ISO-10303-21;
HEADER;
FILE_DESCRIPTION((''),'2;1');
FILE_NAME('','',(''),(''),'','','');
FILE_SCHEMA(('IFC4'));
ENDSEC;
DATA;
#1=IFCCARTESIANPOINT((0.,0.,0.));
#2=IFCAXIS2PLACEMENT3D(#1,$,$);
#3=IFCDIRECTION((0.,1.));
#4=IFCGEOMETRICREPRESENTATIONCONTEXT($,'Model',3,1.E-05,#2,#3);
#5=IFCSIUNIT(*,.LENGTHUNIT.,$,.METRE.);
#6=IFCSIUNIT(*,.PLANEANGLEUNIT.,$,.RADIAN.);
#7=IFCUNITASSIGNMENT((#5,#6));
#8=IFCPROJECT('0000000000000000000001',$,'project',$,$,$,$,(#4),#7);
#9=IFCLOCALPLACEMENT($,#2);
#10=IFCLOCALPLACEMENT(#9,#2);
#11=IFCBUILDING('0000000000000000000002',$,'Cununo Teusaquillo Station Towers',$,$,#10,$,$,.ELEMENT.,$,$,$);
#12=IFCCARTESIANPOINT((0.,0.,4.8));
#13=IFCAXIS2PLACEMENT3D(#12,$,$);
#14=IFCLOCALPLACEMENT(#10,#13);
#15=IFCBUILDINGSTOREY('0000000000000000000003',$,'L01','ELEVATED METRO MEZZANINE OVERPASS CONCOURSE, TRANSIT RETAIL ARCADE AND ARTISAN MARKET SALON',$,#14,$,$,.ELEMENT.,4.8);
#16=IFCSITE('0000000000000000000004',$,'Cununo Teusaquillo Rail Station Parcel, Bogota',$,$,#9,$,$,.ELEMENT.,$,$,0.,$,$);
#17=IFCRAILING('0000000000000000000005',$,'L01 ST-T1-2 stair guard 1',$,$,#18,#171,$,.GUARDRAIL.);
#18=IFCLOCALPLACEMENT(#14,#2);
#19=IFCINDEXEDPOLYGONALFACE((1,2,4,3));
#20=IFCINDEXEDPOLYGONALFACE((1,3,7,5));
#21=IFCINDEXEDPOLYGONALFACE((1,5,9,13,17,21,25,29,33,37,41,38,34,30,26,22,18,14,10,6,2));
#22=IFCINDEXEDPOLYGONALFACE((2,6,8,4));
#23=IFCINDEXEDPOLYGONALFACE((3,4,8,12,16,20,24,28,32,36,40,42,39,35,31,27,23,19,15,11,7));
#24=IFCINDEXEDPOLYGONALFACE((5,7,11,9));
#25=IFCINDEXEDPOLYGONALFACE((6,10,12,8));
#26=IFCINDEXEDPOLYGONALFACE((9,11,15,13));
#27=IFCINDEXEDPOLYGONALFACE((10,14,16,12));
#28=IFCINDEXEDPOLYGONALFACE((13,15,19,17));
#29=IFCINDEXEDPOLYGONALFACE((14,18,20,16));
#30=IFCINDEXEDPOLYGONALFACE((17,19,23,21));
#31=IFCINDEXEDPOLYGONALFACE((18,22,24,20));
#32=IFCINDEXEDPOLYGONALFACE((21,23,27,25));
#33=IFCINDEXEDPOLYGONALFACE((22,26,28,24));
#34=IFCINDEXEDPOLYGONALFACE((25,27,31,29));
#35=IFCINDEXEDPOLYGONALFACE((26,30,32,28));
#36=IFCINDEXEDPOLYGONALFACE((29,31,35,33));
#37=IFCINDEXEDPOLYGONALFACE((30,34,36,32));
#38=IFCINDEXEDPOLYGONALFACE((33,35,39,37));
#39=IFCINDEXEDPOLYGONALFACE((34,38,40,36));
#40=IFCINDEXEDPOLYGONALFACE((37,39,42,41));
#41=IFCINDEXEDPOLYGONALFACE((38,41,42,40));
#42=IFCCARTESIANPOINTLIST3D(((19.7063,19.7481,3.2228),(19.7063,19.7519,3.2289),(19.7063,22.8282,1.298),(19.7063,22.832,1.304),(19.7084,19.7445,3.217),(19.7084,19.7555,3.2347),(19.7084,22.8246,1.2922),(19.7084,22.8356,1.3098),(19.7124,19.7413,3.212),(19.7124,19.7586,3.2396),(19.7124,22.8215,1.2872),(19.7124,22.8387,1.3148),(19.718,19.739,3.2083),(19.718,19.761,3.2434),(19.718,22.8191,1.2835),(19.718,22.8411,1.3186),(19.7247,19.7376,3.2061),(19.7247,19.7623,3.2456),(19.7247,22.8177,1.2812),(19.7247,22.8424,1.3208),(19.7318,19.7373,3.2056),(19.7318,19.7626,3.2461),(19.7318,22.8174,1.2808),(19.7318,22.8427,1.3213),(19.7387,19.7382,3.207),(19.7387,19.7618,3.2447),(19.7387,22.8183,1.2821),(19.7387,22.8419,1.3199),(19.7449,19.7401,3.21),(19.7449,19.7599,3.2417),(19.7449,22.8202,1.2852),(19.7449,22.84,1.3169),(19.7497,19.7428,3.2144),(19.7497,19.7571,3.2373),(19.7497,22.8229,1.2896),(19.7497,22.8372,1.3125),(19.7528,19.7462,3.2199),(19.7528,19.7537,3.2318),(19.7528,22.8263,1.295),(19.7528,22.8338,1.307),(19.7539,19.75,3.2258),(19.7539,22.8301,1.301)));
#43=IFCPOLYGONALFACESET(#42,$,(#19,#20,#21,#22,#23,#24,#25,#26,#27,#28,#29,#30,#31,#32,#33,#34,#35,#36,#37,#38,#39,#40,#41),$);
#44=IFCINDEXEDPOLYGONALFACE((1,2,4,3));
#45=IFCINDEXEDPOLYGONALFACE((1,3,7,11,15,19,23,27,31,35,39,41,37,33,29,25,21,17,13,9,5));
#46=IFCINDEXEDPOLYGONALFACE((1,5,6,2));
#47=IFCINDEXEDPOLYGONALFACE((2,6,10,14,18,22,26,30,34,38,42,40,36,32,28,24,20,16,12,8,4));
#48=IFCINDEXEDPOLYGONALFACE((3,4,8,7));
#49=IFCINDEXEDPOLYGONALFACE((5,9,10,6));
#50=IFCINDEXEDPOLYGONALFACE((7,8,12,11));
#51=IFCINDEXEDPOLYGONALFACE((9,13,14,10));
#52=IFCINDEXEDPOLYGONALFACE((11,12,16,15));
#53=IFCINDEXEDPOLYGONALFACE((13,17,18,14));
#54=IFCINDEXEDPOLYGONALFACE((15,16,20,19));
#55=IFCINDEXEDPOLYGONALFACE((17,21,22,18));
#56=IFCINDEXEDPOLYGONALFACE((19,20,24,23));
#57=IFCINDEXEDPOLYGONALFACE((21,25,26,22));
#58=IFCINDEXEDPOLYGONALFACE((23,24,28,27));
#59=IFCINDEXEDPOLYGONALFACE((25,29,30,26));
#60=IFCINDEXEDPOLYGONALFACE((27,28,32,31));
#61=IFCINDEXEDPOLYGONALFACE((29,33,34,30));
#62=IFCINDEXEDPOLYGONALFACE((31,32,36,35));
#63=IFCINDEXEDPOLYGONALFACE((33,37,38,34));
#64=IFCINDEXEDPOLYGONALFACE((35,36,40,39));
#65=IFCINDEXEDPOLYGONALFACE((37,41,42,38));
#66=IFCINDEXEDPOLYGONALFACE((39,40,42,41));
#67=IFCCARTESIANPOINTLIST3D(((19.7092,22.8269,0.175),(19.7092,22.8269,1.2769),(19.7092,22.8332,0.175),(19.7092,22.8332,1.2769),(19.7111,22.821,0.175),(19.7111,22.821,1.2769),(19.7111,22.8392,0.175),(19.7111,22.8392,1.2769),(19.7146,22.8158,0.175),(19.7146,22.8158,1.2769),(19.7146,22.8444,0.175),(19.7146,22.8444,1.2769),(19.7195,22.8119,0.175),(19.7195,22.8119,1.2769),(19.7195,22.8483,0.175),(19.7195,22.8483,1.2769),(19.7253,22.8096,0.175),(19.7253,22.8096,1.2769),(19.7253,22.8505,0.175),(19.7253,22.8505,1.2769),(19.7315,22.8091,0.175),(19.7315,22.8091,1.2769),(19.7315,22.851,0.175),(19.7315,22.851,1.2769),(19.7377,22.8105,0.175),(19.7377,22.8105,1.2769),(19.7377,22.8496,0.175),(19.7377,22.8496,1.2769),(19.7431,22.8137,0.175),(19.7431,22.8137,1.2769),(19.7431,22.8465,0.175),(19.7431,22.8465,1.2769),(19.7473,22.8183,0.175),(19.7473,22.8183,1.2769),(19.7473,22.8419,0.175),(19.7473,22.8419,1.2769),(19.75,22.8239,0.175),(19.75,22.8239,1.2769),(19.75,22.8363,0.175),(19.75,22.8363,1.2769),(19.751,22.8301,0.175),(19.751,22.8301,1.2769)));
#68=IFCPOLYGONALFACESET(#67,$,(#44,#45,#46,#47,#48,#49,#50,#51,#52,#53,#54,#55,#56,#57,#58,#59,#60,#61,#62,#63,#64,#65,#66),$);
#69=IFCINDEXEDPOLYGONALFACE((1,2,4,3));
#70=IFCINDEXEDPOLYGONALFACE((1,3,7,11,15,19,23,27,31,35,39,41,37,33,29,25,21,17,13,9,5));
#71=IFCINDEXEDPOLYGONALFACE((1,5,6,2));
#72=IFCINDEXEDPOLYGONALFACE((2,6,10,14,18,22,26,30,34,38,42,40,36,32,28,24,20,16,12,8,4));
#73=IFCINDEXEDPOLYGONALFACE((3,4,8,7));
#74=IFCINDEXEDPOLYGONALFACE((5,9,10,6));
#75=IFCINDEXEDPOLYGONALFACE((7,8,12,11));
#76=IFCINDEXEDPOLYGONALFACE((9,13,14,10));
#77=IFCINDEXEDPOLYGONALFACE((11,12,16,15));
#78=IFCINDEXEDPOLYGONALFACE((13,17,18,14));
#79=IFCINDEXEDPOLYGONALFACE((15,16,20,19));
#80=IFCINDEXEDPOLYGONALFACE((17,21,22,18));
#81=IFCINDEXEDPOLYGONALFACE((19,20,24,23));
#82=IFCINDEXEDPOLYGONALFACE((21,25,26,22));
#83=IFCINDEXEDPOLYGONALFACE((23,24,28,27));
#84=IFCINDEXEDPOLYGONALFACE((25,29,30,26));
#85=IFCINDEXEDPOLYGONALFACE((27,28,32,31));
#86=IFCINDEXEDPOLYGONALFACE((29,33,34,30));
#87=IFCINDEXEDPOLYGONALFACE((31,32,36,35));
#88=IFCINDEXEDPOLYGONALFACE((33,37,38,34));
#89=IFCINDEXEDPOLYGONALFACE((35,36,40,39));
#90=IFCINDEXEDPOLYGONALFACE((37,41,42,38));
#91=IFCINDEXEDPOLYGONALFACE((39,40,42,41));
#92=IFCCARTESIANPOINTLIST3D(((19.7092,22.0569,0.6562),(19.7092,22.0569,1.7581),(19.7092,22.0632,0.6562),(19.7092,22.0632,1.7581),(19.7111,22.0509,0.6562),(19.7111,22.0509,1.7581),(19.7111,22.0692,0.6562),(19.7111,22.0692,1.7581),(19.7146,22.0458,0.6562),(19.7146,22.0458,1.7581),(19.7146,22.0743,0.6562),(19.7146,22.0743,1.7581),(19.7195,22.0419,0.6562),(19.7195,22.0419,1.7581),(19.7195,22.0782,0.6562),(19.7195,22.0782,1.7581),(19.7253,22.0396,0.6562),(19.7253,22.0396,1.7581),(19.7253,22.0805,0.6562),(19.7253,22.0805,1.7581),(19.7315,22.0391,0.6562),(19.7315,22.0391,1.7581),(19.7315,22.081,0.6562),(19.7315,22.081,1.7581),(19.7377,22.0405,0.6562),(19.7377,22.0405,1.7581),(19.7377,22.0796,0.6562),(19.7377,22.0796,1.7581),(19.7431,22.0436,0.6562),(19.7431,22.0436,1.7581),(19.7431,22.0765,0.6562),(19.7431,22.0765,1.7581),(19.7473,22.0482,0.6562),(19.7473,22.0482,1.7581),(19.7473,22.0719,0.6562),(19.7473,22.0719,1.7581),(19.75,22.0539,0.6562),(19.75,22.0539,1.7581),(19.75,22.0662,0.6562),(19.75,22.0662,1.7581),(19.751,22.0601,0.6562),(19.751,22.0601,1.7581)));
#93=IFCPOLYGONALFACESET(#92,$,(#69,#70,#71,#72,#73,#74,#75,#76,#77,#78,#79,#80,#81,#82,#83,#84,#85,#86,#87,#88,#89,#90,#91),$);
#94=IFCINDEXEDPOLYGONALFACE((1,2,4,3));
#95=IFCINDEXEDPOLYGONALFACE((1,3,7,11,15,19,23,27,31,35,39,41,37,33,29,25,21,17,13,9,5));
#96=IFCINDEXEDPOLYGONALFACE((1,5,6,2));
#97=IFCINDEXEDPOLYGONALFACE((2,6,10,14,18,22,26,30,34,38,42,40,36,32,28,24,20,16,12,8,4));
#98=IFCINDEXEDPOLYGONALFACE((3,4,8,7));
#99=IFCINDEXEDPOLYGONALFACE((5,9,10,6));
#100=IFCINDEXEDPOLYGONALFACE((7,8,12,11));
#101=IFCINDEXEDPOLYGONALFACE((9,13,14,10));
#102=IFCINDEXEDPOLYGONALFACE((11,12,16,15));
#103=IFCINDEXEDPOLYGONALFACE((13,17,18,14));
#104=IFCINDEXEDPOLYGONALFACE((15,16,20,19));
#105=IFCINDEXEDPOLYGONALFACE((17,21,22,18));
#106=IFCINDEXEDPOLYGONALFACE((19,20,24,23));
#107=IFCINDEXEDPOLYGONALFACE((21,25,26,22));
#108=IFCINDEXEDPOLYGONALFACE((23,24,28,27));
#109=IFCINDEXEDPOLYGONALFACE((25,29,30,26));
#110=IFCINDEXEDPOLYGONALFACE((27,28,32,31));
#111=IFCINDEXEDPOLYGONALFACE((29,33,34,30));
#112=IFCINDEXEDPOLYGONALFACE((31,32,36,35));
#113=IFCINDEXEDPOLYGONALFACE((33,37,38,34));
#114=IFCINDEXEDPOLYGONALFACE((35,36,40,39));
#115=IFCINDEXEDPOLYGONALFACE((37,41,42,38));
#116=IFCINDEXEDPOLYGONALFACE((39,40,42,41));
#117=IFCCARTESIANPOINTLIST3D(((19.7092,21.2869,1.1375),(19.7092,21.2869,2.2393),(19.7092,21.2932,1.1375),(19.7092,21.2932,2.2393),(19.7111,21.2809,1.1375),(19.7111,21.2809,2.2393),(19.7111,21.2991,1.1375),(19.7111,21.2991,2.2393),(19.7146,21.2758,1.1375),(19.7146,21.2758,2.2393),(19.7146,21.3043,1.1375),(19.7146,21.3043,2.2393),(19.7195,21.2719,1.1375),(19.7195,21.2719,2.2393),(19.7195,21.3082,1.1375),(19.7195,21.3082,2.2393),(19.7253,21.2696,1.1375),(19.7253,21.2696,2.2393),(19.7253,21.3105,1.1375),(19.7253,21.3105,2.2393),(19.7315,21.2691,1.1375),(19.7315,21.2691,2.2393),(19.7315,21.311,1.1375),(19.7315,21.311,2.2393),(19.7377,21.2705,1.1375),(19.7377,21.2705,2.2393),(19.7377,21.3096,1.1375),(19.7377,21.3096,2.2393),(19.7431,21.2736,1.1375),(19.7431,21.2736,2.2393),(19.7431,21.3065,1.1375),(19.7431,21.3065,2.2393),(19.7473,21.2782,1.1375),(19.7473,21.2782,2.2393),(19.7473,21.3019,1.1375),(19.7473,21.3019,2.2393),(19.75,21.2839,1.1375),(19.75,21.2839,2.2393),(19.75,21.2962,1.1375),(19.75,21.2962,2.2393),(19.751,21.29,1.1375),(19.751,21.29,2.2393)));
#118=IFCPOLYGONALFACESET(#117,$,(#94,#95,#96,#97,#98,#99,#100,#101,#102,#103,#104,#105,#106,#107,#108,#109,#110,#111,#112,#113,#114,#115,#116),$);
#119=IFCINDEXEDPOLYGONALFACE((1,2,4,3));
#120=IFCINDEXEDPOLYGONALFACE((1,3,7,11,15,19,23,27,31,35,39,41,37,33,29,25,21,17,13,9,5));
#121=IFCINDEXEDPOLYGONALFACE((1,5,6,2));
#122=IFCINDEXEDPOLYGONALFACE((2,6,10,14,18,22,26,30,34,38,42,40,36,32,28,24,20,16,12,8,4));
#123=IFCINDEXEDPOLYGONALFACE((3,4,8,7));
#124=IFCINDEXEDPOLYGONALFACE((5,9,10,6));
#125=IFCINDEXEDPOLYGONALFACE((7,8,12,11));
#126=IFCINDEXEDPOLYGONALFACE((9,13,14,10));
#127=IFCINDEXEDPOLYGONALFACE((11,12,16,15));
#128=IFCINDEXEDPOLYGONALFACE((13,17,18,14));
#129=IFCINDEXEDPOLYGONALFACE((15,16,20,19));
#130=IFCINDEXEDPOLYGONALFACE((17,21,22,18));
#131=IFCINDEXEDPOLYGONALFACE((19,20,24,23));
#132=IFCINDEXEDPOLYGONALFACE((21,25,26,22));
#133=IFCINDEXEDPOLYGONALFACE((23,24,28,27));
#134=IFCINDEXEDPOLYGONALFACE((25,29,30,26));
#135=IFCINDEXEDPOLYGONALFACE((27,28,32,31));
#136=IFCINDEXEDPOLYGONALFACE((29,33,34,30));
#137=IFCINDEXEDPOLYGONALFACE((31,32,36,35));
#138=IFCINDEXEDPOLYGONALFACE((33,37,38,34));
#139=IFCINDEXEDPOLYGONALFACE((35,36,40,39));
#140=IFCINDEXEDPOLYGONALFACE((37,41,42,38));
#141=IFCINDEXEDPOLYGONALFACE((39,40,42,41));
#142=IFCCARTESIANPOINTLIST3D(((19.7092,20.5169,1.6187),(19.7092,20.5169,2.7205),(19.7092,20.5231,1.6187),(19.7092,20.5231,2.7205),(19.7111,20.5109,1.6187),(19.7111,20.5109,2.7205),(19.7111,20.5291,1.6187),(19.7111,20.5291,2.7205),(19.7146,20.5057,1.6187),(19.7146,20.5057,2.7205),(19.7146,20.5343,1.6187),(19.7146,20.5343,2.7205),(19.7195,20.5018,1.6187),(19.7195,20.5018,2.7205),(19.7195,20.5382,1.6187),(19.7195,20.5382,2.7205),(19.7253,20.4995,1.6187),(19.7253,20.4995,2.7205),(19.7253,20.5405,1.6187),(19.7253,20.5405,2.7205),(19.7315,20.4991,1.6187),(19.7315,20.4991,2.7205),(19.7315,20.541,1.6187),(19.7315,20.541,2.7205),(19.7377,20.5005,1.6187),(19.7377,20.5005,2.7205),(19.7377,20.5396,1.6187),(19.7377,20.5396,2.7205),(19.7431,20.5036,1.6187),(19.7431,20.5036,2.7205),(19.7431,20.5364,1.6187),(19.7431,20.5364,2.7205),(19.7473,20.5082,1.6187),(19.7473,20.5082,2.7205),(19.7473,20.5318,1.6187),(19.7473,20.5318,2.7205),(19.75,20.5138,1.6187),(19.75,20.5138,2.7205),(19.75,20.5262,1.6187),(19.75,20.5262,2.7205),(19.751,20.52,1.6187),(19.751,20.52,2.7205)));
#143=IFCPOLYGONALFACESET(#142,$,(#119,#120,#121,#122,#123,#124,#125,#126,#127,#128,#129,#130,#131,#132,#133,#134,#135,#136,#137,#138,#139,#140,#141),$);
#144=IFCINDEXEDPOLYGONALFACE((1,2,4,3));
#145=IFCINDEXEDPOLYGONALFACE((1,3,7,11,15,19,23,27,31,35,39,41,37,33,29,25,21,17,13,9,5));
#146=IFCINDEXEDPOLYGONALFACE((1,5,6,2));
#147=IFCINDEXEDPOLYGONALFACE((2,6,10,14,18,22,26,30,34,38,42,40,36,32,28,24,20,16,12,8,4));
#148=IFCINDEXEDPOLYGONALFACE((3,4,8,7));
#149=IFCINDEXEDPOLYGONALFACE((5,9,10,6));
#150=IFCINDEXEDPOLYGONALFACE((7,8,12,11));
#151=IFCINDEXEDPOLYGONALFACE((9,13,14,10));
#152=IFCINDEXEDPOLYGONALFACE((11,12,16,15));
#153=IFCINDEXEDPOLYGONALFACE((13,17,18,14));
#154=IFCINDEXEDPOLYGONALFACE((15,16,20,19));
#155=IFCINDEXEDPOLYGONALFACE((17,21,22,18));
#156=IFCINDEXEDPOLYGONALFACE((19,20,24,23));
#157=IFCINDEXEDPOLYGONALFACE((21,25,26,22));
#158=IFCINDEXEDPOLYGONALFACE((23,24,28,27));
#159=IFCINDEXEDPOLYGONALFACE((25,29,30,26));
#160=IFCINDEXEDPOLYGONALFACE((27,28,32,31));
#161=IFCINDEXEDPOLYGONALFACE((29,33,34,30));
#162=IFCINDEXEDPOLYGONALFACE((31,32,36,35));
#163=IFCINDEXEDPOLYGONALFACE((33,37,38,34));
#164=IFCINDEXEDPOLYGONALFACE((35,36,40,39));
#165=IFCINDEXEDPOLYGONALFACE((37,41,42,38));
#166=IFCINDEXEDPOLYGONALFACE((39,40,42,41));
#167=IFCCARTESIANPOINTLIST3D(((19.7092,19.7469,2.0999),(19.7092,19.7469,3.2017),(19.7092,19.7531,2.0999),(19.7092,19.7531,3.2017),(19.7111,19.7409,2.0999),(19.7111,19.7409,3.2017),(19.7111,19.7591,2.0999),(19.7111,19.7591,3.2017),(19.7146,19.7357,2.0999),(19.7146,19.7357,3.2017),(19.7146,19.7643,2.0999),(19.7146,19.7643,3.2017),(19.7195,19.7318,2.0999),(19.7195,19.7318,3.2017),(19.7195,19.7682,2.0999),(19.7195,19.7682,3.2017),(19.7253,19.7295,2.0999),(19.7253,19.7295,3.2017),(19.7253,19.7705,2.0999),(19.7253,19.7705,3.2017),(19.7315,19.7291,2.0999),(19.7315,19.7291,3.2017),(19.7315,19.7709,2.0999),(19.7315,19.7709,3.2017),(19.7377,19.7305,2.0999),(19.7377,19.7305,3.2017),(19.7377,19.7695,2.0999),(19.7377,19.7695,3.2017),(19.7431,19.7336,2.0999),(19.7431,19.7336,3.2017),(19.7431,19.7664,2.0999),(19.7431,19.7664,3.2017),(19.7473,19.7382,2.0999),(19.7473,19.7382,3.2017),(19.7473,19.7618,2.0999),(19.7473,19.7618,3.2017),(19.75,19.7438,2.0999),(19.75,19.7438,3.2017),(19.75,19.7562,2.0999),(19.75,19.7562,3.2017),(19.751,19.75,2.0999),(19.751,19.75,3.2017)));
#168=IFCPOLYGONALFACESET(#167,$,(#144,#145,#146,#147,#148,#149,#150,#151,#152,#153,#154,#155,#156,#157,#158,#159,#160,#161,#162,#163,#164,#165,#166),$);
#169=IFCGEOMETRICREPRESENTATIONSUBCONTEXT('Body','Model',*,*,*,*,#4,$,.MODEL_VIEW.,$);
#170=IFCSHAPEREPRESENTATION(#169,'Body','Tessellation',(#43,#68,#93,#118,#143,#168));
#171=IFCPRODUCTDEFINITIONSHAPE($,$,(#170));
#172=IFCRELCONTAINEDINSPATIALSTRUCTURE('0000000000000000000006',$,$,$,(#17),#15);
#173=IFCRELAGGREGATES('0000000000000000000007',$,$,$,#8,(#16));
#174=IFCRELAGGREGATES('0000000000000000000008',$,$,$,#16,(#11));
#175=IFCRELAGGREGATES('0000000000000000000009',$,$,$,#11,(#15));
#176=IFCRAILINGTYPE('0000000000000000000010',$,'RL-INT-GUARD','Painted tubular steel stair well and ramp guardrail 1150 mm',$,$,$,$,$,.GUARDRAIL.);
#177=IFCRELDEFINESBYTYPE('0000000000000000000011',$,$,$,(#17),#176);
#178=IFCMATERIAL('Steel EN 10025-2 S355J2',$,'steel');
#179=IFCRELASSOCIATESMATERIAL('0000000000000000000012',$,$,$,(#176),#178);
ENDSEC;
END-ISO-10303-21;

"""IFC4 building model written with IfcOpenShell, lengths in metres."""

from ifc_helpers import new_model, si_unit, direction, frame, origin, origin_2d, place, context, subcontext, project, spatial, circle, extrude, material, type_object, element, save


model = new_model("IFC4")

# Units and contexts
model_context = context("Model", 3, precision=1e-05, world=origin(), true_north=direction((0.0, 1.0)))
body_context = subcontext(model_context, "Body", "Model", "MODEL_VIEW")
ifc_project = project(units=[si_unit("LENGTHUNIT", "METRE"), si_unit("PLANEANGLEUNIT", "RADIAN")], contexts=[model_context])

# Site, building, storey
site_placement = place(None, origin())
site = spatial("IfcSite", under=ifc_project, at=site_placement, Name="Cununo Teusaquillo Rail Station Parcel, Bogota", CompositionType="ELEMENT", RefElevation=0.0)
building_placement = place(site_placement, origin())
building = spatial("IfcBuilding", under=site, at=building_placement, Name="Cununo Teusaquillo Station Towers", CompositionType="ELEMENT")
storey_placement = place(building_placement, frame((0.0, 0.0, 4.8)))
storey = spatial("IfcBuildingStorey", under=building, at=storey_placement, Name="L01", Description="ELEVATED METRO MEZZANINE OVERPASS CONCOURSE, TRANSIT RETAIL ARCADE AND ARTISAN MARKET SALON", CompositionType="ELEMENT", Elevation=4.8)

# Railing
ifc_material_1 = material(Name="Steel EN 10025-2 S355J2", Category="steel")
railing_type_1 = type_object("IfcRailingType", Name="RL-INT-GUARD", Description="Painted tubular steel stair well and ramp guardrail 1150 mm", PredefinedType="GUARDRAIL", material=ifc_material_1)
railing_1_placement = place(storey_placement, frame((19.73, 22.8301, 0.175)))
element("IfcRailing", 1, at=railing_1_placement, inside=storey, type_object=railing_type_1, Name="L01 ST-T1-2 stair guard 1", PredefinedType="GUARDRAIL", context=body_context, shape_type="SweptSolid", body=[
    extrude(circle(Radius=0.0239, at=origin_2d()), frame((0.0, 0.0, 1.126), z_axis=(0.0, -0.848029, 0.529951), x_axis=(1.0, 0.0, 0.0)), (0.0, 0.0, 1.0), 3.6321),
    extrude(circle(Radius=0.021, at=origin_2d()), origin(), (0.0, 0.0, 1.0), 1.1018),
    extrude(circle(Radius=0.021, at=origin_2d()), frame((0.0, -0.77, 0.4812)), (0.0, 0.0, 1.0), 1.1018),
    extrude(circle(Radius=0.021, at=origin_2d()), frame((0.0, -1.54, 0.9624)), (0.0, 0.0, 1.0), 1.1018),
    extrude(circle(Radius=0.021, at=origin_2d()), frame((0.0, -2.3101, 1.4436)), (0.0, 0.0, 1.0), 1.1018),
    extrude(circle(Radius=0.021, at=origin_2d()), frame((0.0, -3.0801, 1.9248)), (0.0, 0.0, 1.0), 1.1018),
])

save(model, "model.ifc")
